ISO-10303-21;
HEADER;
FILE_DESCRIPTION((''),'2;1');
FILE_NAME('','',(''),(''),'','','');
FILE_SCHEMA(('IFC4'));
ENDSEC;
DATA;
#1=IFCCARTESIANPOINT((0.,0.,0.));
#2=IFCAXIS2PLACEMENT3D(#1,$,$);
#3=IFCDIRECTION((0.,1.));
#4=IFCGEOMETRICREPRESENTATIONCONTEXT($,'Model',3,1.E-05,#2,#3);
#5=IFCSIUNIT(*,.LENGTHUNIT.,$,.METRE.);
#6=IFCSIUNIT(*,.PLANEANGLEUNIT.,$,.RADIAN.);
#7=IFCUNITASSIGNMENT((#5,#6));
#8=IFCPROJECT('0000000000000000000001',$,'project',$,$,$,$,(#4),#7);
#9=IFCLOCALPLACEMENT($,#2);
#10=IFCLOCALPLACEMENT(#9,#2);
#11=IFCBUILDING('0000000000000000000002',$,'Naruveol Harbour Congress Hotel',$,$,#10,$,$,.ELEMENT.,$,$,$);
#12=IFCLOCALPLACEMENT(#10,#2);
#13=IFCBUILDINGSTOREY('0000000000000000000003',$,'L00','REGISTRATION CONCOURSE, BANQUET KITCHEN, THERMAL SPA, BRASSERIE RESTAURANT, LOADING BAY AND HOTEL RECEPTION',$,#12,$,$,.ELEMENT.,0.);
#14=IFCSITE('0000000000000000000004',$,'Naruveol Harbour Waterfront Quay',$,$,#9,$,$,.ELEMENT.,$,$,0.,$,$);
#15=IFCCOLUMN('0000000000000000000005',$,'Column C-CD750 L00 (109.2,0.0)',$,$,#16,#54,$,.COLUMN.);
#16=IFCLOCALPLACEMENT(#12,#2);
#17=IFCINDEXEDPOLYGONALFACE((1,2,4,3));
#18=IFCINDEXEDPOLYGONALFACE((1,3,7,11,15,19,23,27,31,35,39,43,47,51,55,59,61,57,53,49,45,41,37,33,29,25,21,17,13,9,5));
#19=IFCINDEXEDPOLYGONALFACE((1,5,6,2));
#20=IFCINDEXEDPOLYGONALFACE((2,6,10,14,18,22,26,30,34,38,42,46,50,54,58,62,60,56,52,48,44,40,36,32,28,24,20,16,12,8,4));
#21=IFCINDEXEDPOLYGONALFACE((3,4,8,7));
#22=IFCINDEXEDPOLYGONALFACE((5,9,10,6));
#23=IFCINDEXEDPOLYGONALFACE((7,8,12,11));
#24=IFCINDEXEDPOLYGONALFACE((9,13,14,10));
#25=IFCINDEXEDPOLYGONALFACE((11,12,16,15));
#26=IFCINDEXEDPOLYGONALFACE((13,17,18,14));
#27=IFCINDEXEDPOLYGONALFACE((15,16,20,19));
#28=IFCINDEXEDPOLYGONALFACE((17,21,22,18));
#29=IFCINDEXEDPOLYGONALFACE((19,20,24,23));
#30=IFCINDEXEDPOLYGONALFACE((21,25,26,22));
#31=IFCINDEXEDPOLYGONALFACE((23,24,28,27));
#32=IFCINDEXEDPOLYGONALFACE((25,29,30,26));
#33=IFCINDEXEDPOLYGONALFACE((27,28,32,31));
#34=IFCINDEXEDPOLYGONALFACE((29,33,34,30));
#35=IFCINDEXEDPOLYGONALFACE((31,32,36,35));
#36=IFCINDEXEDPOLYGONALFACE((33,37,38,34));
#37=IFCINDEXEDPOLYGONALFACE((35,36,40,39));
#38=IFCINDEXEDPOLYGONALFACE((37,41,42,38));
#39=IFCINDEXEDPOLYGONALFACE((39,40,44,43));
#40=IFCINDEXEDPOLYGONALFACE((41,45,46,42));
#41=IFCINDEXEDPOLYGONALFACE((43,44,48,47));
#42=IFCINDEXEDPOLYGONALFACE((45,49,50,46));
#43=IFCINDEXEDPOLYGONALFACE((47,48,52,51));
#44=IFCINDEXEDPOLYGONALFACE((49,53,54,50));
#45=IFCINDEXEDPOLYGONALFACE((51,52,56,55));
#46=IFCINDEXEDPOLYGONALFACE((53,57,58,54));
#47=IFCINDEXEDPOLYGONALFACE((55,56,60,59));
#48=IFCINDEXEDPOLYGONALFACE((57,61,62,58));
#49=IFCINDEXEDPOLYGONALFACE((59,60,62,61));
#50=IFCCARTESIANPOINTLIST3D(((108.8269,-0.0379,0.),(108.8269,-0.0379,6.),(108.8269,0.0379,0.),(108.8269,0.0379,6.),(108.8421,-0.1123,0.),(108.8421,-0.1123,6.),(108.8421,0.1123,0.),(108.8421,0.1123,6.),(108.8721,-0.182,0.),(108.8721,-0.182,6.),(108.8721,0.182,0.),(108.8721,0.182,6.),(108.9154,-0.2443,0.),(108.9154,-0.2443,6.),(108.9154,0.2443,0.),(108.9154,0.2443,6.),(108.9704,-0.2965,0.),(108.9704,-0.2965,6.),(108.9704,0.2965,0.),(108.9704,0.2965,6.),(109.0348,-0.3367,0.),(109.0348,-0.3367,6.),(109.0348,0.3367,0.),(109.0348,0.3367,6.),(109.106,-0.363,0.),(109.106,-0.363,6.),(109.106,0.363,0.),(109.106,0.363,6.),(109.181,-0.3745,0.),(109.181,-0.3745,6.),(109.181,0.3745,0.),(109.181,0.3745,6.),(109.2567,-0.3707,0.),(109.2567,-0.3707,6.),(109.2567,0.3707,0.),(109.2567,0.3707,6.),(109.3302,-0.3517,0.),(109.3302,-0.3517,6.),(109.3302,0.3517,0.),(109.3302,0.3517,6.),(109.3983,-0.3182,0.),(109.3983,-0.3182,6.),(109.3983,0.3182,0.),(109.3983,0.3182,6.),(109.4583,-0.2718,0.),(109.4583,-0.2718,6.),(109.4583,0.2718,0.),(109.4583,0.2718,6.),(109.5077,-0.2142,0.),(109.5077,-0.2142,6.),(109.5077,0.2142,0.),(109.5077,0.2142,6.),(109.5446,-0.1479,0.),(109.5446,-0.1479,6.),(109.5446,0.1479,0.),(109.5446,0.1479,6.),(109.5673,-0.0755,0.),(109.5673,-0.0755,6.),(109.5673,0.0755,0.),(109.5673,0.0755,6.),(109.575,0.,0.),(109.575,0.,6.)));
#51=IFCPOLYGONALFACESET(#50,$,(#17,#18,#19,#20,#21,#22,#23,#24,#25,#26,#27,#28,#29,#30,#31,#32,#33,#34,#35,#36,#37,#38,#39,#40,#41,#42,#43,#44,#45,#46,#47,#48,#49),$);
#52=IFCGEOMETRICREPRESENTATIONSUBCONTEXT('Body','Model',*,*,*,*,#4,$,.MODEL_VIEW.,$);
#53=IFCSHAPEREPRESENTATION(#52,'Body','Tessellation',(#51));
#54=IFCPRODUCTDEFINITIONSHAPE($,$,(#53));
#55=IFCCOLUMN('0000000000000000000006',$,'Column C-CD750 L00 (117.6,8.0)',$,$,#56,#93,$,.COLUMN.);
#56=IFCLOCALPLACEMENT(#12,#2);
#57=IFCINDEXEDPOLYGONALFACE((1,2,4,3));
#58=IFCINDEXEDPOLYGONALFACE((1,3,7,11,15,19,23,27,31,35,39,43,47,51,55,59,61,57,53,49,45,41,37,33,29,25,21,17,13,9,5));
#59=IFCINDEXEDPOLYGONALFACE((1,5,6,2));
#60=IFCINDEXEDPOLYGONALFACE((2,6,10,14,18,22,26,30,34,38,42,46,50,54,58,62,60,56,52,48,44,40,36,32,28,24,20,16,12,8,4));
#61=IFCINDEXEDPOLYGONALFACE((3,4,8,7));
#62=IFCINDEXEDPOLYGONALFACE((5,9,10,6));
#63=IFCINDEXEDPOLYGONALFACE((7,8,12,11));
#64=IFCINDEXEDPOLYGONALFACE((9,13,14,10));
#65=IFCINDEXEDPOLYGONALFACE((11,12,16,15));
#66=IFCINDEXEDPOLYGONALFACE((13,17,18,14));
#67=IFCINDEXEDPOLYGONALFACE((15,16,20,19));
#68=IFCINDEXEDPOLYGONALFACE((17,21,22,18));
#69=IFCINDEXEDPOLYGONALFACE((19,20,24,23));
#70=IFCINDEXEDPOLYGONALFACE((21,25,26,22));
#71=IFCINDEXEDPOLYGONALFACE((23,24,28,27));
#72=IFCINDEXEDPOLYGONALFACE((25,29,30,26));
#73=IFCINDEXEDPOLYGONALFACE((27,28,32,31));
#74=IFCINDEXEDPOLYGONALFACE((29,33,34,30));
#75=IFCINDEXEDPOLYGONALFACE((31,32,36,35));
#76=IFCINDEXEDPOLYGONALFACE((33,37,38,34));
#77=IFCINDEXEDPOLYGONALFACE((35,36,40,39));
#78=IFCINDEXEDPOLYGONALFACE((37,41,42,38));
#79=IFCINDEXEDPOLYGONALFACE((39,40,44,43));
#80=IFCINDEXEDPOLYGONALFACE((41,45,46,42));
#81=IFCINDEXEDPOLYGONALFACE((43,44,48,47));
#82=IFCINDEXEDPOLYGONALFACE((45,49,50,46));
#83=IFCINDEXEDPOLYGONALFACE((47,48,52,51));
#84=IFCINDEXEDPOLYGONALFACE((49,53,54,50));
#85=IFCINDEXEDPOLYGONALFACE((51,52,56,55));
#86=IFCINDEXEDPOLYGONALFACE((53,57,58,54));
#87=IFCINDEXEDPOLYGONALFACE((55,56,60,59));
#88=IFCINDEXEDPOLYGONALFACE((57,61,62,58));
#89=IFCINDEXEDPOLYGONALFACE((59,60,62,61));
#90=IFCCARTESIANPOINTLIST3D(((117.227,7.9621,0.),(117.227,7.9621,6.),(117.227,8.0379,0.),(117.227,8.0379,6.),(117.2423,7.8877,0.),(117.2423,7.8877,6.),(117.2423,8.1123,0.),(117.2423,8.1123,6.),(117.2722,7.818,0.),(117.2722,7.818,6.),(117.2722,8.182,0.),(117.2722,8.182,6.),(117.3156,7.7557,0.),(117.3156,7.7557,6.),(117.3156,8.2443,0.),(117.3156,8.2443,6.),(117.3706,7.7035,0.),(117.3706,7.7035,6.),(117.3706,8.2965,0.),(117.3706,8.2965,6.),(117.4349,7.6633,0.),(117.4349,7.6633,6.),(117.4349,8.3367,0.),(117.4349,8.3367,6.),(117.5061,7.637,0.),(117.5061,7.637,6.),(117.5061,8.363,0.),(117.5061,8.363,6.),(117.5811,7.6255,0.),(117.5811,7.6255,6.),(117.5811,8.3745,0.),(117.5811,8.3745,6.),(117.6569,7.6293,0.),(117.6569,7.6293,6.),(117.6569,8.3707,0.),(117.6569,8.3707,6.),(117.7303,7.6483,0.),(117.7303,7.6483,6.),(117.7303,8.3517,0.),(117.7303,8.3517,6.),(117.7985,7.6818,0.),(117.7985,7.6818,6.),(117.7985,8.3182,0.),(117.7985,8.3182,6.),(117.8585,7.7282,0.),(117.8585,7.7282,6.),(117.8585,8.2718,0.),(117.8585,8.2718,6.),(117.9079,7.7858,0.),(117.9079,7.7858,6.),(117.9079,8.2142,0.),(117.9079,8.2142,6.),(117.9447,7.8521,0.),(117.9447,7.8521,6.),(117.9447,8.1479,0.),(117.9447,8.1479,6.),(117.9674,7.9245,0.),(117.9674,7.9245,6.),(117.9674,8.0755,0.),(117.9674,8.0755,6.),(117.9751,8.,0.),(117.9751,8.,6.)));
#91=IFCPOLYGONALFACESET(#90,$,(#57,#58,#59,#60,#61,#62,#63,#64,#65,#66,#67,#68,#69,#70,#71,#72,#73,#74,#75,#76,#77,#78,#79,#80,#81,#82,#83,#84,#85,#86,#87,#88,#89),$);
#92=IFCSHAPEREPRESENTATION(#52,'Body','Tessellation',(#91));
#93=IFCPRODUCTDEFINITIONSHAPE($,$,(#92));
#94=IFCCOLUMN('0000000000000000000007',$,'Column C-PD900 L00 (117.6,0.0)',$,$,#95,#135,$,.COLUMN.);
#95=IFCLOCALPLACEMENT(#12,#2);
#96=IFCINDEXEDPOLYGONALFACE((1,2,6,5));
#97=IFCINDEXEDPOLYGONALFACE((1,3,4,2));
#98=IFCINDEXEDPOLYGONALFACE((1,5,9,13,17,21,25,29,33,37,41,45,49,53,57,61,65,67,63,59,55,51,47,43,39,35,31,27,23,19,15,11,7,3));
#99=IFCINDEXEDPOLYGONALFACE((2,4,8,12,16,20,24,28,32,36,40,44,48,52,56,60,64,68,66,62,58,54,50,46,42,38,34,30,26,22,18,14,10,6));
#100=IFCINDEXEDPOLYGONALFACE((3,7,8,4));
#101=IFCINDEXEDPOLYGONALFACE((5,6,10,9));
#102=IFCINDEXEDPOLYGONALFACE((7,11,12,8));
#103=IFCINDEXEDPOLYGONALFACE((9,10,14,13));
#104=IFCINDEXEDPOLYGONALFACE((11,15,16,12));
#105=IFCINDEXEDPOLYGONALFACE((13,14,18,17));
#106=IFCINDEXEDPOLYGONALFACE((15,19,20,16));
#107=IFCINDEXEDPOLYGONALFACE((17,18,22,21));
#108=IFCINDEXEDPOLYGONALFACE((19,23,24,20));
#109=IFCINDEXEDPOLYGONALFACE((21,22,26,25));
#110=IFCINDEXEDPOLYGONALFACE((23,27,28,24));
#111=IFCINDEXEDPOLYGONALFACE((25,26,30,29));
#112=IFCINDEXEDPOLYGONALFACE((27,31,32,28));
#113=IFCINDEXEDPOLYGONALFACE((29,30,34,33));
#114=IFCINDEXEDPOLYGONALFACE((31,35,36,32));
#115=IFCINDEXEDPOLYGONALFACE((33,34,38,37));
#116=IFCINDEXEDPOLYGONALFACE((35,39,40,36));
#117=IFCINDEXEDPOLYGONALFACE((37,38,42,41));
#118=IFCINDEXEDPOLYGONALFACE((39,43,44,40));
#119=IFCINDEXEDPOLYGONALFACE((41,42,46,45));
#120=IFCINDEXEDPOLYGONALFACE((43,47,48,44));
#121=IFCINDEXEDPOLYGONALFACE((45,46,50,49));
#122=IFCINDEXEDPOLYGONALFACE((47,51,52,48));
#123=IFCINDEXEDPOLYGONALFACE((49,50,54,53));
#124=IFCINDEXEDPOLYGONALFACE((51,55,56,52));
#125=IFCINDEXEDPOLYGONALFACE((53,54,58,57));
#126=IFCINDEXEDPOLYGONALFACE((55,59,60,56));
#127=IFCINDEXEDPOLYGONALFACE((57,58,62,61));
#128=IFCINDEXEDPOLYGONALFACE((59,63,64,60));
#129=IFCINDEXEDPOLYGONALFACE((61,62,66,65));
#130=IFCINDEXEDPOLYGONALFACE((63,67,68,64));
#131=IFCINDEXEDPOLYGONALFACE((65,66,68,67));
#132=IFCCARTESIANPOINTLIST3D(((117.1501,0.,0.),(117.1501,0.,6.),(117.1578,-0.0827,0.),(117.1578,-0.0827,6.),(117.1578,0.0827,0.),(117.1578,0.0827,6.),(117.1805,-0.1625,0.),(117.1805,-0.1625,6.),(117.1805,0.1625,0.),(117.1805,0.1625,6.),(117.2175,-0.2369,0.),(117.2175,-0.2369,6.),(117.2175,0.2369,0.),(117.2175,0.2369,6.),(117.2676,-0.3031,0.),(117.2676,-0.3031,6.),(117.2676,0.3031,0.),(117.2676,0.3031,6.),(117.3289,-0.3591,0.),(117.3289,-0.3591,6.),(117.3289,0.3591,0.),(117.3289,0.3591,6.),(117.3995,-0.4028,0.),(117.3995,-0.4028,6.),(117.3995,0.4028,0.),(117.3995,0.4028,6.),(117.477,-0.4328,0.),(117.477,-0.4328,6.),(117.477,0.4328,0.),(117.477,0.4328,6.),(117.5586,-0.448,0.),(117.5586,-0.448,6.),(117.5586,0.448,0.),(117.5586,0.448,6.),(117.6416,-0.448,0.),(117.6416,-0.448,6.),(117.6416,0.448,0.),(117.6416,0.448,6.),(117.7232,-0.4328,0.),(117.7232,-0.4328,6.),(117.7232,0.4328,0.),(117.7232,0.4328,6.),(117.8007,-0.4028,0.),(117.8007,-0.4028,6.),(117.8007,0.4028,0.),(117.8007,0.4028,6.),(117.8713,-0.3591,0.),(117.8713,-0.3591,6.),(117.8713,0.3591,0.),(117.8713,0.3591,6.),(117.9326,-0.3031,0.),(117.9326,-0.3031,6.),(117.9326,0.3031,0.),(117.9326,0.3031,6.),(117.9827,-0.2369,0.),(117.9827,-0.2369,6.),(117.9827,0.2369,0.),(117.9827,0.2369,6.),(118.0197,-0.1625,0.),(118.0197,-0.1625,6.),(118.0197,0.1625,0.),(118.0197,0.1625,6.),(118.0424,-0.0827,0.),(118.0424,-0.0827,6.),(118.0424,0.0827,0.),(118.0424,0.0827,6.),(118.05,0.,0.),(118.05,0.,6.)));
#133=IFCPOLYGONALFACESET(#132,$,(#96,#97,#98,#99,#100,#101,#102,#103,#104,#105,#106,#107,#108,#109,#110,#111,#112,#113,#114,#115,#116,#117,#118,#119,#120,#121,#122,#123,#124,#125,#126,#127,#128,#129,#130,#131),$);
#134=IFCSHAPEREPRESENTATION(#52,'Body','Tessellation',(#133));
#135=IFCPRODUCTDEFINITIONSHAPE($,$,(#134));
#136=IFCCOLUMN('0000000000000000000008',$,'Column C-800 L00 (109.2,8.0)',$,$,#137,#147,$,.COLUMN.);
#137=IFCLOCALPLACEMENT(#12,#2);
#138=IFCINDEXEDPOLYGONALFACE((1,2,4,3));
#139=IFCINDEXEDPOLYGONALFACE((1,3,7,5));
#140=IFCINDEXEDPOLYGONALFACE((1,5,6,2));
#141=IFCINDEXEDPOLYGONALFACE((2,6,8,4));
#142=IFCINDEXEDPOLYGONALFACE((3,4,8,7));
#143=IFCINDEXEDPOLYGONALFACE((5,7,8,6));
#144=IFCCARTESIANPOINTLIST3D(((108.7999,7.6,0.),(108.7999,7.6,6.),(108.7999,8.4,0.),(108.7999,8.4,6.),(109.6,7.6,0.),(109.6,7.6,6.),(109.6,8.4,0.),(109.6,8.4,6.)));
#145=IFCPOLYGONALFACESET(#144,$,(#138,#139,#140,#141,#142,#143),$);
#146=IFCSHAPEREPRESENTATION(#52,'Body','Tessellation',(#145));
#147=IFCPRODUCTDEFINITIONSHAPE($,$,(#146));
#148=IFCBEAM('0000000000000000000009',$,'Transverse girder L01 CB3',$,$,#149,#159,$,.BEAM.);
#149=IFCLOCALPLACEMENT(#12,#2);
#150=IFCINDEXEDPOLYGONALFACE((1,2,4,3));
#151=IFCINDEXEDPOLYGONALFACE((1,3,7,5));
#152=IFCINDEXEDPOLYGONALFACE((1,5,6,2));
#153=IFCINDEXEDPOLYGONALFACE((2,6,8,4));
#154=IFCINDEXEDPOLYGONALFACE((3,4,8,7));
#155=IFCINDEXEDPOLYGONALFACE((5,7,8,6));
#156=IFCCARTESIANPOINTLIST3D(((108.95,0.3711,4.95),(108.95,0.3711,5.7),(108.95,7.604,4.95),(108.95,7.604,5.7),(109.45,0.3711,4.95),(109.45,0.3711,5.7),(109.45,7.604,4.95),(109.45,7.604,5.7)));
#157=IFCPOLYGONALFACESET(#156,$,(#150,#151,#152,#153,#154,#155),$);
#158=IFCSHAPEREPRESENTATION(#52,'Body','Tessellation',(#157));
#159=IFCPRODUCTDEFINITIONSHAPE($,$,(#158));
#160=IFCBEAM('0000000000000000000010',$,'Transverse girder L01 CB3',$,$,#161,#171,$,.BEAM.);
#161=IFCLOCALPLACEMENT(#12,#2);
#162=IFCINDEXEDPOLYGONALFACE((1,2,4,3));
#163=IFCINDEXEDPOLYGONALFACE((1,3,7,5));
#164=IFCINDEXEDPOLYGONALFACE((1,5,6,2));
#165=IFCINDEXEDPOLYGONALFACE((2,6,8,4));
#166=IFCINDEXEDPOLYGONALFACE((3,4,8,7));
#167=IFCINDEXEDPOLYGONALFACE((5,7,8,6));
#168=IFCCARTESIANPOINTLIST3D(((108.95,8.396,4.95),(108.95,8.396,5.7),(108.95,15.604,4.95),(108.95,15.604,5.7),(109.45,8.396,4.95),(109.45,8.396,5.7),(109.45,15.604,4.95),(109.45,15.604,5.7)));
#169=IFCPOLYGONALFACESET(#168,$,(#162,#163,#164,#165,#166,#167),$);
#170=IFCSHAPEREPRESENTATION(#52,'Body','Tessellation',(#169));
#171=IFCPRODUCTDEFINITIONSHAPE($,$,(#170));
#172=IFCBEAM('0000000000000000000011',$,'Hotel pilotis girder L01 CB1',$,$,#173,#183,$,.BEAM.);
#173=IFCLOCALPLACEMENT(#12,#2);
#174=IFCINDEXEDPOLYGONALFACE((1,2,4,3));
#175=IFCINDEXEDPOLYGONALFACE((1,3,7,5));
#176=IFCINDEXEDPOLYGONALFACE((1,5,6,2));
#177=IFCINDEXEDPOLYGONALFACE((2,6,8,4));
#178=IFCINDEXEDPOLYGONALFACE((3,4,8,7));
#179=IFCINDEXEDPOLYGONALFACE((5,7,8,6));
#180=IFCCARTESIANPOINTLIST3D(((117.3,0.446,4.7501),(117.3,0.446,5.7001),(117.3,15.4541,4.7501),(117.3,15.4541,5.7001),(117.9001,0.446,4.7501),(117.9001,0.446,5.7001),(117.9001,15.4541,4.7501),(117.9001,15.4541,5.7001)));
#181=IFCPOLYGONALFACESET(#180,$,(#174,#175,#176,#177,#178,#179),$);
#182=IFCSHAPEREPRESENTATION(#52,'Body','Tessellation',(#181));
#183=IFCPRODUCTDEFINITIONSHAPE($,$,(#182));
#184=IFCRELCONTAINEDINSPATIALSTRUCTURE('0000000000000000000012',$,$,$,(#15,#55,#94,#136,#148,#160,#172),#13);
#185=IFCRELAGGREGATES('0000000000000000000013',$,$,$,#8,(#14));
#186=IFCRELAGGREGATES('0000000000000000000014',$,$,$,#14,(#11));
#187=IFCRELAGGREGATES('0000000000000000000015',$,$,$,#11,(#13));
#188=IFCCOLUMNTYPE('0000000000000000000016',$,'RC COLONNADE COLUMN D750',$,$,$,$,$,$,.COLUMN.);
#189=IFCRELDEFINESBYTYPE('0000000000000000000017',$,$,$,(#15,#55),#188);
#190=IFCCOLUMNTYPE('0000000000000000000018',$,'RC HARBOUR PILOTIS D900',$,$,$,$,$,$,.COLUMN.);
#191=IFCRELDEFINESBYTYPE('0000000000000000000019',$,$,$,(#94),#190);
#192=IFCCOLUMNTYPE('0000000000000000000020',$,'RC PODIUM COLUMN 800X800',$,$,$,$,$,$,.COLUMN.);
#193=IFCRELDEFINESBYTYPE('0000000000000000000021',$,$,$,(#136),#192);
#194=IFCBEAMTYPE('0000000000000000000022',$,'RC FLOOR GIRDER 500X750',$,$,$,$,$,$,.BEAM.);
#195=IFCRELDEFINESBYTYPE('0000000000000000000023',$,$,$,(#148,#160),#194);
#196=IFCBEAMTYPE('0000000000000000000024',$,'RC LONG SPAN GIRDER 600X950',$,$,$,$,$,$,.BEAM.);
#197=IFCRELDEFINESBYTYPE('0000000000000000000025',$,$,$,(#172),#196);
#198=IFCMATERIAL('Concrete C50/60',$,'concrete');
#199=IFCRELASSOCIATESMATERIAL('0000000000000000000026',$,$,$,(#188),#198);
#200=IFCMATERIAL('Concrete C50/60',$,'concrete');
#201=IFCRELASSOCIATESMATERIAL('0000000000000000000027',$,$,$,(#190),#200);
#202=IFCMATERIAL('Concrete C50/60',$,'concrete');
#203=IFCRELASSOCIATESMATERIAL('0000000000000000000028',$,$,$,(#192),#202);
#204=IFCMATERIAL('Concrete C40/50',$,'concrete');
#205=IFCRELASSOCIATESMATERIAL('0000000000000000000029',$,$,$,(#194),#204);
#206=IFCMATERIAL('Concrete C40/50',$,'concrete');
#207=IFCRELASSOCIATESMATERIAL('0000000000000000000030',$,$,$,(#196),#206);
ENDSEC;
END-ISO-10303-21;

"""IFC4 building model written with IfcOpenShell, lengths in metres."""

from ifc_helpers import new_model, si_unit, direction, frame, origin, origin_2d, place, context, subcontext, project, spatial, rectangle, circle, extrude, material, material_profile, profile_set, type_object, element, save


model = new_model("IFC4")

# Units and contexts
model_context = context("Model", 3, precision=1e-05, world=origin(), true_north=direction((0.0, 1.0)))
body_context = subcontext(model_context, "Body", "Model", "MODEL_VIEW")
ifc_project = project(units=[si_unit("LENGTHUNIT", "METRE"), si_unit("PLANEANGLEUNIT", "RADIAN")], contexts=[model_context])

# Site, building, storey
site_placement = place(None, origin())
site = spatial("IfcSite", under=ifc_project, at=site_placement, Name="Naruveol Harbour Waterfront Quay", CompositionType="ELEMENT", RefElevation=0.0)
building_placement = place(site_placement, origin())
building = spatial("IfcBuilding", under=site, at=building_placement, Name="Naruveol Harbour Congress Hotel", CompositionType="ELEMENT")
storey_placement = place(building_placement, origin())
storey = spatial("IfcBuildingStorey", under=building, at=storey_placement, Name="L00", Description="REGISTRATION CONCOURSE, BANQUET KITCHEN, THERMAL SPA, BRASSERIE RESTAURANT, LOADING BAY AND HOTEL RECEPTION", CompositionType="ELEMENT", Elevation=0.0)

# Columns
ifc_material_1 = material(Name="Concrete C50/60", Category="concrete")
ifc_material_profile_1 = material_profile(ifc_material_1, circle(Radius=0.375, at=origin_2d()), Name="RC-D750")
ifc_profile_set_1 = profile_set([ifc_material_profile_1], Name="Concrete C50/60")
column_type_1 = type_object("IfcColumnType", Name="RC COLONNADE COLUMN D750", PredefinedType="COLUMN", material=ifc_profile_set_1)
for number, where, z_axis, x_axis, name in (
    (1, (109.2, 0.0, 0.0), (0.0, 0.0, 1.0), (1.0, 0.0, 0.0), "Column C-CD750 L00 (109.2,0.0)"),
    (2, (117.6001, 8.0, 0.0), (0.0, 0.0, 1.0), (1.0, 0.0, 0.0), "Column C-CD750 L00 (117.6,8.0)"),
):
    element("IfcColumn", number, at=place(storey_placement, frame(where, z_axis=z_axis, x_axis=x_axis)), inside=storey, type_object=column_type_1, Name=name, PredefinedType="COLUMN", context=body_context, shape_type="SweptSolid", body=[
        extrude(circle(Radius=0.375, at=origin_2d()), origin(), (0.0, 0.0, 1.0), 6.0),
    ])
ifc_material_2 = material(Name="Concrete C50/60", Category="concrete")
ifc_material_profile_2 = material_profile(ifc_material_2, circle(Radius=0.45, at=origin_2d()), Name="RC-D900")
ifc_profile_set_2 = profile_set([ifc_material_profile_2], Name="Concrete C50/60")
column_type_2 = type_object("IfcColumnType", Name="RC HARBOUR PILOTIS D900", PredefinedType="COLUMN", material=ifc_profile_set_2)
column_1_placement = place(storey_placement, frame((117.6001, 0.0, 0.0), z_axis=(0.0, 0.0, 1.0), x_axis=(1.0, 0.0, 0.0)))
element("IfcColumn", 3, at=column_1_placement, inside=storey, type_object=column_type_2, Name="Column C-PD900 L00 (117.6,0.0)", PredefinedType="COLUMN", context=body_context, shape_type="SweptSolid", body=[
    extrude(circle(Radius=0.45, at=origin_2d()), origin(), (0.0, 0.0, 1.0), 6.0),
])
ifc_material_3 = material(Name="Concrete C50/60", Category="concrete")
ifc_material_profile_3 = material_profile(ifc_material_3, rectangle(XDim=0.8, YDim=0.8, at=origin_2d()), Name="RC-800x800")
ifc_profile_set_3 = profile_set([ifc_material_profile_3], Name="Concrete C50/60")
column_type_3 = type_object("IfcColumnType", Name="RC PODIUM COLUMN 800X800", PredefinedType="COLUMN", material=ifc_profile_set_3)
column_2_placement = place(storey_placement, frame((109.2, 8.0, 0.0), z_axis=(0.0, 0.0, 1.0), x_axis=(1.0, 0.0, 0.0)))
element("IfcColumn", 4, at=column_2_placement, inside=storey, type_object=column_type_3, Name="Column C-800 L00 (109.2,8.0)", PredefinedType="COLUMN", context=body_context, shape_type="SweptSolid", body=[
    extrude(rectangle(XDim=0.8, YDim=0.8, at=origin_2d()), origin(), (0.0, 0.0, 1.0), 6.0),
])

# Beams
ifc_material_4 = material(Name="Concrete C40/50", Category="concrete")
ifc_material_profile_4 = material_profile(ifc_material_4, rectangle(XDim=0.5, YDim=0.75, at=origin_2d()), Name="RCB-500x750")
ifc_profile_set_4 = profile_set([ifc_material_profile_4], Name="Concrete C40/50")
beam_type_1 = type_object("IfcBeamType", Name="RC FLOOR GIRDER 500X750", PredefinedType="BEAM", material=ifc_profile_set_4)
beam_1_placement = place(storey_placement, frame((109.2, 0.3711, 5.325), z_axis=(0.0, 1.0, 0.0), x_axis=(-1.0, 0.0, 0.0)))
element("IfcBeam", 5, at=beam_1_placement, inside=storey, type_object=beam_type_1, Name="Transverse girder L01 CB3", PredefinedType="BEAM", context=body_context, shape_type="SweptSolid", body=[
    extrude(rectangle(XDim=0.5, YDim=0.75, at=origin_2d()), origin(), (0.0, 0.0, 1.0), 7.2329),
])
beam_2_placement = place(storey_placement, frame((109.2, 8.396, 5.325), z_axis=(0.0, 1.0, 0.0), x_axis=(-1.0, 0.0, 0.0)))
element("IfcBeam", 6, at=beam_2_placement, inside=storey, type_object=beam_type_1, Name="Transverse girder L01 CB3", PredefinedType="BEAM", context=body_context, shape_type="SweptSolid", body=[
    extrude(rectangle(XDim=0.5, YDim=0.75, at=origin_2d()), origin(), (0.0, 0.0, 1.0), 7.208),
])
ifc_material_5 = material(Name="Concrete C40/50", Category="concrete")
ifc_material_profile_5 = material_profile(ifc_material_5, rectangle(XDim=0.6001, YDim=0.95, at=origin_2d()), Name="RCB-600x950")
ifc_profile_set_5 = profile_set([ifc_material_profile_5], Name="Concrete C40/50")
beam_type_2 = type_object("IfcBeamType", Name="RC LONG SPAN GIRDER 600X950", PredefinedType="BEAM", material=ifc_profile_set_5)
beam_3_placement = place(storey_placement, frame((117.6001, 0.446, 5.2251), z_axis=(0.0, 1.0, 0.0), x_axis=(-1.0, 0.0, 0.0)))
element("IfcBeam", 7, at=beam_3_placement, inside=storey, type_object=beam_type_2, Name="Hotel pilotis girder L01 CB1", PredefinedType="BEAM", context=body_context, shape_type="SweptSolid", body=[
    extrude(rectangle(XDim=0.6001, YDim=0.95, at=origin_2d()), origin(), (0.0, 0.0, 1.0), 15.0081),
])

save(model, "model.ifc")
